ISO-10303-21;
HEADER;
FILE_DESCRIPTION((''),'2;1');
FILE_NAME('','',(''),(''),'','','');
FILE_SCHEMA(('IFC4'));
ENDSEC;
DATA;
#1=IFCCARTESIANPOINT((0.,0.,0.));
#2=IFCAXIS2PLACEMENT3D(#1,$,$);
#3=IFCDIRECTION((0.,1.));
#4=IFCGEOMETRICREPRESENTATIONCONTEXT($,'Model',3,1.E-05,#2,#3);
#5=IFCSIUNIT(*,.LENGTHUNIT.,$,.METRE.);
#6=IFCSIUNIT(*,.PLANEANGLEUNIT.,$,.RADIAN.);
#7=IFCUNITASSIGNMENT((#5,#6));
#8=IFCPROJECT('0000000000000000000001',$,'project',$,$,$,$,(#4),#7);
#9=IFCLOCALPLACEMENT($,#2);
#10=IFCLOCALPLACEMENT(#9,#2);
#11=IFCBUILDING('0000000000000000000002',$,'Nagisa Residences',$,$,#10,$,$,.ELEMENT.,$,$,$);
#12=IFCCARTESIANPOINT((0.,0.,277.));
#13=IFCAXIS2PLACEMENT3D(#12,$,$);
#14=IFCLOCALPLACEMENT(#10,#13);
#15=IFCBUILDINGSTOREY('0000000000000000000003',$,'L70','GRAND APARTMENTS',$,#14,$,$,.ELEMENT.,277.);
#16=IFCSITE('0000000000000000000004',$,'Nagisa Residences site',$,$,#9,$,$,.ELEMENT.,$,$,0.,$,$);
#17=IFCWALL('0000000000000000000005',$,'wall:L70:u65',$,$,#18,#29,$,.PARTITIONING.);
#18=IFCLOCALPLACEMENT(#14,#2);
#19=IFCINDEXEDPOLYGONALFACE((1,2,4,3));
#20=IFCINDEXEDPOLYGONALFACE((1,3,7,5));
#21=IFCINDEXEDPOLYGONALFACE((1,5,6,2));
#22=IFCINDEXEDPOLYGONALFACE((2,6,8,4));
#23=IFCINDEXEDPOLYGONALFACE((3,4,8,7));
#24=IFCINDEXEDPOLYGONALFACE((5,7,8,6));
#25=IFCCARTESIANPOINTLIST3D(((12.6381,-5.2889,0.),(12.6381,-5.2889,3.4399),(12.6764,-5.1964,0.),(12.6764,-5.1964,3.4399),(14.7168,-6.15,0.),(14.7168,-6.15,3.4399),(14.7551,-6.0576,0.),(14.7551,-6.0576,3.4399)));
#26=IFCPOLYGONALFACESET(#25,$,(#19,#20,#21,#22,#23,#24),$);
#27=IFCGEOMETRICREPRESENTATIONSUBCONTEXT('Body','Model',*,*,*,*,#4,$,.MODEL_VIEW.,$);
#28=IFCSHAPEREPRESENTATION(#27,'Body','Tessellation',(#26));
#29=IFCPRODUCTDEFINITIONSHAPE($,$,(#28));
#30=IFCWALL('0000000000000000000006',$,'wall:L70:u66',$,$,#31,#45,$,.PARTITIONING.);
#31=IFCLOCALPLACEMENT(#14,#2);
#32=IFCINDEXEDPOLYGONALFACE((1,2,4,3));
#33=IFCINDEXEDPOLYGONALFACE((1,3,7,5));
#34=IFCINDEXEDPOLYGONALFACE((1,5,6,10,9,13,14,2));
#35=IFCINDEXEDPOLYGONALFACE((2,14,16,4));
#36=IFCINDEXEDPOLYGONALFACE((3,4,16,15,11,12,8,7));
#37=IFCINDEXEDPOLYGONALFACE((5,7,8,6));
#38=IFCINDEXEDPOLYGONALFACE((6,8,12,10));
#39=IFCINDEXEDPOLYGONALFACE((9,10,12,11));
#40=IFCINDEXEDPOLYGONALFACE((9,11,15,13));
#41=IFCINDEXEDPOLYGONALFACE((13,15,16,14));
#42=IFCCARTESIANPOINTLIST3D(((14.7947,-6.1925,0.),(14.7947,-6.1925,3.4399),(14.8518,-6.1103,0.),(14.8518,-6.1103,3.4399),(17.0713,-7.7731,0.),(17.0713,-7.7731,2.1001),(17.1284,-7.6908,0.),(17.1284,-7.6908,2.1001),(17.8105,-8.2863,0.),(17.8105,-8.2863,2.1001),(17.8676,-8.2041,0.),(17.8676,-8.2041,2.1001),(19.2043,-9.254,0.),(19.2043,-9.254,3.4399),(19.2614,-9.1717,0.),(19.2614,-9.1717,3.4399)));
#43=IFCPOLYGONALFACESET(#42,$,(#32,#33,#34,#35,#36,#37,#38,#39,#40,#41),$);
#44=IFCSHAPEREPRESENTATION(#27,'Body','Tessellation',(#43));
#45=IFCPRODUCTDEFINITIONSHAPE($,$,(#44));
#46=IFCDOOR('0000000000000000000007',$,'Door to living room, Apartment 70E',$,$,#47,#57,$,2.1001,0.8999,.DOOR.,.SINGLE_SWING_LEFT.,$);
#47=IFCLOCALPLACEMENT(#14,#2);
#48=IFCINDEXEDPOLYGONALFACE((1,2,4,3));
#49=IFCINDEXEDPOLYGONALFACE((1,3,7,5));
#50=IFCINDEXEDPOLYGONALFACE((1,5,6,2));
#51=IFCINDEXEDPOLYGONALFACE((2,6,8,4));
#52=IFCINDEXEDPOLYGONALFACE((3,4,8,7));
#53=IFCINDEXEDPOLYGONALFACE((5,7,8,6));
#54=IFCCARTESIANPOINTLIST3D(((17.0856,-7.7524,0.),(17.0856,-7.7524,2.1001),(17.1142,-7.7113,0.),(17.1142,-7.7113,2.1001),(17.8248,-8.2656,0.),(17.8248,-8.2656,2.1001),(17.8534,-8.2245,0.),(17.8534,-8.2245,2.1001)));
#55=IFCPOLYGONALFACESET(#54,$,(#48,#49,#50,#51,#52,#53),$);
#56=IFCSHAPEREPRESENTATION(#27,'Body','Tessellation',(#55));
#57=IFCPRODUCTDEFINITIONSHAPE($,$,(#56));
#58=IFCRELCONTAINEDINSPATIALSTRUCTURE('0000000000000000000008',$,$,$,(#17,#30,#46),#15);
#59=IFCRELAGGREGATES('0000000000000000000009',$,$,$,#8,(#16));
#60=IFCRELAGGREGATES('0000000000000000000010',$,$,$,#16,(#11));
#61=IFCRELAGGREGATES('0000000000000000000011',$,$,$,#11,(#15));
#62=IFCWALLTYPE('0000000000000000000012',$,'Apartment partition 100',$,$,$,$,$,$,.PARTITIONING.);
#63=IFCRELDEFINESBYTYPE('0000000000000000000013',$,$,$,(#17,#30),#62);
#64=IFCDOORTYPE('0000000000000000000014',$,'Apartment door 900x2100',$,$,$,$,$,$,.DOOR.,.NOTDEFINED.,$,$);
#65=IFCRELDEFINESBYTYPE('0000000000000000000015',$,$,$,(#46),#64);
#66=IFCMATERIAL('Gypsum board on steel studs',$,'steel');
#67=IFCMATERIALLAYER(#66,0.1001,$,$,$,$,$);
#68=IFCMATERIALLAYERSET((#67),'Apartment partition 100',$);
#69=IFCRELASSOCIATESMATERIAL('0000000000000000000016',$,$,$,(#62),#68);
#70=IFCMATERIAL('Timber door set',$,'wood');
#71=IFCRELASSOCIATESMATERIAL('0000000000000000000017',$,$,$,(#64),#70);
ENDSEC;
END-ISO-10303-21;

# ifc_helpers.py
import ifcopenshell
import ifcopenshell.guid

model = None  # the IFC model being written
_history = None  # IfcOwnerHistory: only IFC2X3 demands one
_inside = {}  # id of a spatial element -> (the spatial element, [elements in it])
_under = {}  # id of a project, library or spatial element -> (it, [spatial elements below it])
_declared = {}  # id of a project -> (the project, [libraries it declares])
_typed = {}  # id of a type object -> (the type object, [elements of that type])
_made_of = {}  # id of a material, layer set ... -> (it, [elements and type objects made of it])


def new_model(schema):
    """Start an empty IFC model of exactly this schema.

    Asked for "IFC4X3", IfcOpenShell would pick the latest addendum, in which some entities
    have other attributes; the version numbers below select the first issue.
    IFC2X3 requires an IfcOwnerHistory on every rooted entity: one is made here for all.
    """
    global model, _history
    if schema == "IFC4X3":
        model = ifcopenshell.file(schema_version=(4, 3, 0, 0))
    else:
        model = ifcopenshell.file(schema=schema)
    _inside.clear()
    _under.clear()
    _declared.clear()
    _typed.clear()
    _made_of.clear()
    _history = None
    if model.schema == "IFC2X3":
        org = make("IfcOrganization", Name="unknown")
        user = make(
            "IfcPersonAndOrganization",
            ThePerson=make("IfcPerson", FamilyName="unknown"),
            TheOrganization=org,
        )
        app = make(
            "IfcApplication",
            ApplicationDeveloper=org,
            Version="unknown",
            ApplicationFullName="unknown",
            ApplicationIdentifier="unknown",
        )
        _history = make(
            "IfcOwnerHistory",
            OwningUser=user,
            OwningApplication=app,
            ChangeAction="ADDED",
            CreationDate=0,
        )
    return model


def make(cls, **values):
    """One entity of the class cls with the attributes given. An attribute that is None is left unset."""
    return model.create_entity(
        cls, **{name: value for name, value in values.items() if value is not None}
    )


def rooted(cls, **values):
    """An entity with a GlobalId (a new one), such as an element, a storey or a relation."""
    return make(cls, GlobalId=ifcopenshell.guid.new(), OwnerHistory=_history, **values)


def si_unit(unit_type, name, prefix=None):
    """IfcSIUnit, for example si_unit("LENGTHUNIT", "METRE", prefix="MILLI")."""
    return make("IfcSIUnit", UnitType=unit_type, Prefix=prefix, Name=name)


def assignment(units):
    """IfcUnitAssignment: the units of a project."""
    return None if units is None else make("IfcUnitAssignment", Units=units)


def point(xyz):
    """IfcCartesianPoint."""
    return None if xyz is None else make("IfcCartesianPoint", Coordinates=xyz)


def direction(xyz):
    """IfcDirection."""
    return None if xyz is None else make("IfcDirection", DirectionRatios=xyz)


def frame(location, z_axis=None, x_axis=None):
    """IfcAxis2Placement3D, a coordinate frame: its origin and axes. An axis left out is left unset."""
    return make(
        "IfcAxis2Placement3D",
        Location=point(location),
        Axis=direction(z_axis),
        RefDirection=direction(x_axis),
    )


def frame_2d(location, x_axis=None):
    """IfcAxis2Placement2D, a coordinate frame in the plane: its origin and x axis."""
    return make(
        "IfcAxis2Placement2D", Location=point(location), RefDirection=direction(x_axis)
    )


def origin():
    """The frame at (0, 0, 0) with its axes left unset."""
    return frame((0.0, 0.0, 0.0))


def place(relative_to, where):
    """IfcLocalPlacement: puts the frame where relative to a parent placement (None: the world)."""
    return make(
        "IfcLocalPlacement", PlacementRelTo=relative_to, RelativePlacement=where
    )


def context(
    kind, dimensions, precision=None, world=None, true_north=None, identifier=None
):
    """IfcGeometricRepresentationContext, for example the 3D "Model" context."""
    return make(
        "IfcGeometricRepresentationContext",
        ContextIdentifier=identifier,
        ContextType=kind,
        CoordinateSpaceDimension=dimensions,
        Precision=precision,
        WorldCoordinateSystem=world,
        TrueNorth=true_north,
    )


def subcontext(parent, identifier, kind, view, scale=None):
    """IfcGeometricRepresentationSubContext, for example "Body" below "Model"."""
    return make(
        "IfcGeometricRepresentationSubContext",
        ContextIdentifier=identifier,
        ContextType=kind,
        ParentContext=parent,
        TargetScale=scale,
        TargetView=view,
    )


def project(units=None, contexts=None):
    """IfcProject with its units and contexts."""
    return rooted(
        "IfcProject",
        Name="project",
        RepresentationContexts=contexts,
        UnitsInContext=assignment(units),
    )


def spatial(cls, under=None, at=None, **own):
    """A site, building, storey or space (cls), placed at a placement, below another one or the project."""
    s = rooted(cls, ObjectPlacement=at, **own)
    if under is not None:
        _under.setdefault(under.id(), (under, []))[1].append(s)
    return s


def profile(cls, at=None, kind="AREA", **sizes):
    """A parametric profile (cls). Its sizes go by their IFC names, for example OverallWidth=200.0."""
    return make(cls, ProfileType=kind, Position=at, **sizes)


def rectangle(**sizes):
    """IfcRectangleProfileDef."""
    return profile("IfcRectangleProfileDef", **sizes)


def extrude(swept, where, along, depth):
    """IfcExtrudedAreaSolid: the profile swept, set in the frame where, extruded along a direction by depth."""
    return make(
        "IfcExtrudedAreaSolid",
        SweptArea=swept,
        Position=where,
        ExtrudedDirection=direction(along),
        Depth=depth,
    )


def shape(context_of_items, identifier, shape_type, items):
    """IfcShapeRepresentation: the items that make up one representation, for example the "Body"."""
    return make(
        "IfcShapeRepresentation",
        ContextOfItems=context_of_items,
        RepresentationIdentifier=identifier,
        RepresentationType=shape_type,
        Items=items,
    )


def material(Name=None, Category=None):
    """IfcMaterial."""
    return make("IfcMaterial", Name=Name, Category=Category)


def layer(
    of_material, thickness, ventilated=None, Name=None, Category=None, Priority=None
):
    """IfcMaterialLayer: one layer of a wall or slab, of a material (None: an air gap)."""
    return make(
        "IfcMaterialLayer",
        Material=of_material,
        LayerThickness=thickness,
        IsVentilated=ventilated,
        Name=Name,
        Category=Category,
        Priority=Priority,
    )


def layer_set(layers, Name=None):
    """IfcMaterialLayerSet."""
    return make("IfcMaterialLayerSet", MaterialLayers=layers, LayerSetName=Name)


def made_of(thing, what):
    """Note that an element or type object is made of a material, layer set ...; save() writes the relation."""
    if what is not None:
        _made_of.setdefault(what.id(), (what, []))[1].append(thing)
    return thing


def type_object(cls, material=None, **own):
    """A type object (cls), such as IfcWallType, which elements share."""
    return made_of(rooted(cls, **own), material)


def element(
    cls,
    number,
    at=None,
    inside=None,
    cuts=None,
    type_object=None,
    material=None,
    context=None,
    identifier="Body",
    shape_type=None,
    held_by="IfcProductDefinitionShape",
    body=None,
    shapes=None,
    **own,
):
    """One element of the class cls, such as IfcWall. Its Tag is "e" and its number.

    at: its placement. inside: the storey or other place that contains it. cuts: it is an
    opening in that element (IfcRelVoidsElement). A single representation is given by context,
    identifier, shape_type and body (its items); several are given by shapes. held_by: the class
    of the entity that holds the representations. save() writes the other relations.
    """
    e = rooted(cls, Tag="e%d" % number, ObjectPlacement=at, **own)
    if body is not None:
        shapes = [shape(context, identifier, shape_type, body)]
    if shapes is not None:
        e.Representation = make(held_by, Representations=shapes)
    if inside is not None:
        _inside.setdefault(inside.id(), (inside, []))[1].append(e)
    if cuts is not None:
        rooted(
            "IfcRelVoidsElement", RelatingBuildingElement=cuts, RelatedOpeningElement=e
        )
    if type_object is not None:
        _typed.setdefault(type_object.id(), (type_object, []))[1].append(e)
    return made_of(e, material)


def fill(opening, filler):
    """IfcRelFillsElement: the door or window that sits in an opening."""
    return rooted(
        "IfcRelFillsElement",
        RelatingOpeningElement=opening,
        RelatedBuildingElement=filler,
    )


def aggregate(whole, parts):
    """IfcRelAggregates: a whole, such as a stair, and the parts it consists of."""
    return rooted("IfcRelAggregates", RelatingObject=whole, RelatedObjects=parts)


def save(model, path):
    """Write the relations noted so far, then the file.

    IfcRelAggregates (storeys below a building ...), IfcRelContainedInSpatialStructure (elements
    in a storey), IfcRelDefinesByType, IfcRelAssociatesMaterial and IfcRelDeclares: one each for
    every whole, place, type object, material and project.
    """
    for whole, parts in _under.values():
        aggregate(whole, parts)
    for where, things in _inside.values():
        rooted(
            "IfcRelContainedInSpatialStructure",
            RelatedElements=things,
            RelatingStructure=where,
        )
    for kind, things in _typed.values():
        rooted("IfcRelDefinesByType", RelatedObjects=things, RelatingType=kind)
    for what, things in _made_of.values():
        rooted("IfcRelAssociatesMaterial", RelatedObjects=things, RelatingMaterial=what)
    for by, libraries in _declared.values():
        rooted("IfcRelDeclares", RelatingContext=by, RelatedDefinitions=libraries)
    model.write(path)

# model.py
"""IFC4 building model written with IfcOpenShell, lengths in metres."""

from ifc_helpers import new_model, si_unit, direction, frame, frame_2d, origin, place, context, subcontext, project, spatial, rectangle, extrude, material, layer, layer_set, type_object, element, fill, save


model = new_model("IFC4")

# Units and contexts
model_context = context("Model", 3, precision=1e-05, world=origin(), true_north=direction((0.0, 1.0)))
body_context = subcontext(model_context, "Body", "Model", "MODEL_VIEW")
ifc_project = project(units=[si_unit("LENGTHUNIT", "METRE"), si_unit("PLANEANGLEUNIT", "RADIAN")], contexts=[model_context])

# Site, building, storey
site_placement = place(None, origin())
site = spatial("IfcSite", under=ifc_project, at=site_placement, Name="Nagisa Residences site", CompositionType="ELEMENT", RefElevation=0.0)
building_placement = place(site_placement, origin())
building = spatial("IfcBuilding", under=site, at=building_placement, Name="Nagisa Residences", CompositionType="ELEMENT")
storey_placement = place(building_placement, frame((0.0, 0.0, 277.0)))
storey = spatial("IfcBuildingStorey", under=building, at=storey_placement, Name="L70", Description="GRAND APARTMENTS", CompositionType="ELEMENT", Elevation=277.0)

# Shared definitions
ifc_material_1 = material(Name="Gypsum board on steel studs", Category="steel")
ifc_layer_1 = layer(ifc_material_1, 0.1001)
ifc_layer_set_1 = layer_set([ifc_layer_1], Name="Apartment partition 100")
wall_type_1 = type_object("IfcWallType", Name="Apartment partition 100", PredefinedType="PARTITIONING", material=ifc_layer_set_1)
ifc_material_2 = material(Name="Timber door set", Category="wood")
door_type_1 = type_object("IfcDoorType", Name="Apartment door 900x2100", OperationType="NOTDEFINED", PredefinedType="DOOR", material=ifc_material_2)

# Wall
wall_1_placement = place(storey_placement, frame((12.6572, -5.2427, 0.0), z_axis=(0.0, 0.0, 1.0), x_axis=(0.923865, -0.382719, 0.0)))
element("IfcWall", 1, at=wall_1_placement, inside=storey, type_object=wall_type_1, Name="wall:L70:u65", PredefinedType="PARTITIONING", context=body_context, shape_type="SweptSolid", body=[
    extrude(rectangle(XDim=2.25, YDim=0.1001, at=frame_2d((1.125, 0.0))), origin(), (0.0, 0.0, 1.0), 3.4399),
])

# Wall, opening, door
wall_2_placement = place(storey_placement, frame((14.8232, -6.1514, 0.0), z_axis=(0.0, 0.0, 1.0), x_axis=(0.821435, -0.570302, 0.0)))
wall_2 = element("IfcWall", 2, at=wall_2_placement, inside=storey, type_object=wall_type_1, Name="wall:L70:u66", PredefinedType="PARTITIONING", context=body_context, shape_type="SweptSolid", body=[
    extrude(rectangle(XDim=5.3682, YDim=0.1001, at=frame_2d((2.6841, 0.0))), origin(), (0.0, 0.0, 1.0), 3.4399),
])
opening_1_placement = place(wall_2_placement, frame((2.7715, 0.0, 0.0)))
opening_1 = element("IfcOpeningElement", 3, at=opening_1_placement, cuts=wall_2, PredefinedType="OPENING", context=body_context, shape_type="SweptSolid", body=[
    extrude(rectangle(XDim=0.8999, YDim=2.1001, at=frame_2d((0.45, 1.05))), frame((0.0, 0.0601, 0.0), z_axis=(0.0, -1.0, 0.0), x_axis=(1.0, 0.0, 0.0)), (0.0, 0.0, 1.0), 0.1201),
])
door_1_placement = place(opening_1_placement, frame((0.8999, 0.0, 0.0), x_axis=(-1.0, 0.0, 0.0)))
door_1 = element("IfcDoor", 4, at=door_1_placement, inside=storey, type_object=door_type_1, Name="Door to living room, Apartment 70E", OperationType="SINGLE_SWING_LEFT", OverallHeight=2.1001, OverallWidth=0.8999, PredefinedType="DOOR", context=body_context, shape_type="SweptSolid", body=[
    extrude(rectangle(XDim=0.8999, YDim=2.1001, at=frame_2d((0.45, 1.05))), frame((0.0, 0.0249, 0.0), z_axis=(0.0, -1.0, 0.0), x_axis=(1.0, 0.0, 0.0)), (0.0, 0.0, 1.0), 0.05),
])
fill(opening_1, door_1)

save(model, "model.ifc")
